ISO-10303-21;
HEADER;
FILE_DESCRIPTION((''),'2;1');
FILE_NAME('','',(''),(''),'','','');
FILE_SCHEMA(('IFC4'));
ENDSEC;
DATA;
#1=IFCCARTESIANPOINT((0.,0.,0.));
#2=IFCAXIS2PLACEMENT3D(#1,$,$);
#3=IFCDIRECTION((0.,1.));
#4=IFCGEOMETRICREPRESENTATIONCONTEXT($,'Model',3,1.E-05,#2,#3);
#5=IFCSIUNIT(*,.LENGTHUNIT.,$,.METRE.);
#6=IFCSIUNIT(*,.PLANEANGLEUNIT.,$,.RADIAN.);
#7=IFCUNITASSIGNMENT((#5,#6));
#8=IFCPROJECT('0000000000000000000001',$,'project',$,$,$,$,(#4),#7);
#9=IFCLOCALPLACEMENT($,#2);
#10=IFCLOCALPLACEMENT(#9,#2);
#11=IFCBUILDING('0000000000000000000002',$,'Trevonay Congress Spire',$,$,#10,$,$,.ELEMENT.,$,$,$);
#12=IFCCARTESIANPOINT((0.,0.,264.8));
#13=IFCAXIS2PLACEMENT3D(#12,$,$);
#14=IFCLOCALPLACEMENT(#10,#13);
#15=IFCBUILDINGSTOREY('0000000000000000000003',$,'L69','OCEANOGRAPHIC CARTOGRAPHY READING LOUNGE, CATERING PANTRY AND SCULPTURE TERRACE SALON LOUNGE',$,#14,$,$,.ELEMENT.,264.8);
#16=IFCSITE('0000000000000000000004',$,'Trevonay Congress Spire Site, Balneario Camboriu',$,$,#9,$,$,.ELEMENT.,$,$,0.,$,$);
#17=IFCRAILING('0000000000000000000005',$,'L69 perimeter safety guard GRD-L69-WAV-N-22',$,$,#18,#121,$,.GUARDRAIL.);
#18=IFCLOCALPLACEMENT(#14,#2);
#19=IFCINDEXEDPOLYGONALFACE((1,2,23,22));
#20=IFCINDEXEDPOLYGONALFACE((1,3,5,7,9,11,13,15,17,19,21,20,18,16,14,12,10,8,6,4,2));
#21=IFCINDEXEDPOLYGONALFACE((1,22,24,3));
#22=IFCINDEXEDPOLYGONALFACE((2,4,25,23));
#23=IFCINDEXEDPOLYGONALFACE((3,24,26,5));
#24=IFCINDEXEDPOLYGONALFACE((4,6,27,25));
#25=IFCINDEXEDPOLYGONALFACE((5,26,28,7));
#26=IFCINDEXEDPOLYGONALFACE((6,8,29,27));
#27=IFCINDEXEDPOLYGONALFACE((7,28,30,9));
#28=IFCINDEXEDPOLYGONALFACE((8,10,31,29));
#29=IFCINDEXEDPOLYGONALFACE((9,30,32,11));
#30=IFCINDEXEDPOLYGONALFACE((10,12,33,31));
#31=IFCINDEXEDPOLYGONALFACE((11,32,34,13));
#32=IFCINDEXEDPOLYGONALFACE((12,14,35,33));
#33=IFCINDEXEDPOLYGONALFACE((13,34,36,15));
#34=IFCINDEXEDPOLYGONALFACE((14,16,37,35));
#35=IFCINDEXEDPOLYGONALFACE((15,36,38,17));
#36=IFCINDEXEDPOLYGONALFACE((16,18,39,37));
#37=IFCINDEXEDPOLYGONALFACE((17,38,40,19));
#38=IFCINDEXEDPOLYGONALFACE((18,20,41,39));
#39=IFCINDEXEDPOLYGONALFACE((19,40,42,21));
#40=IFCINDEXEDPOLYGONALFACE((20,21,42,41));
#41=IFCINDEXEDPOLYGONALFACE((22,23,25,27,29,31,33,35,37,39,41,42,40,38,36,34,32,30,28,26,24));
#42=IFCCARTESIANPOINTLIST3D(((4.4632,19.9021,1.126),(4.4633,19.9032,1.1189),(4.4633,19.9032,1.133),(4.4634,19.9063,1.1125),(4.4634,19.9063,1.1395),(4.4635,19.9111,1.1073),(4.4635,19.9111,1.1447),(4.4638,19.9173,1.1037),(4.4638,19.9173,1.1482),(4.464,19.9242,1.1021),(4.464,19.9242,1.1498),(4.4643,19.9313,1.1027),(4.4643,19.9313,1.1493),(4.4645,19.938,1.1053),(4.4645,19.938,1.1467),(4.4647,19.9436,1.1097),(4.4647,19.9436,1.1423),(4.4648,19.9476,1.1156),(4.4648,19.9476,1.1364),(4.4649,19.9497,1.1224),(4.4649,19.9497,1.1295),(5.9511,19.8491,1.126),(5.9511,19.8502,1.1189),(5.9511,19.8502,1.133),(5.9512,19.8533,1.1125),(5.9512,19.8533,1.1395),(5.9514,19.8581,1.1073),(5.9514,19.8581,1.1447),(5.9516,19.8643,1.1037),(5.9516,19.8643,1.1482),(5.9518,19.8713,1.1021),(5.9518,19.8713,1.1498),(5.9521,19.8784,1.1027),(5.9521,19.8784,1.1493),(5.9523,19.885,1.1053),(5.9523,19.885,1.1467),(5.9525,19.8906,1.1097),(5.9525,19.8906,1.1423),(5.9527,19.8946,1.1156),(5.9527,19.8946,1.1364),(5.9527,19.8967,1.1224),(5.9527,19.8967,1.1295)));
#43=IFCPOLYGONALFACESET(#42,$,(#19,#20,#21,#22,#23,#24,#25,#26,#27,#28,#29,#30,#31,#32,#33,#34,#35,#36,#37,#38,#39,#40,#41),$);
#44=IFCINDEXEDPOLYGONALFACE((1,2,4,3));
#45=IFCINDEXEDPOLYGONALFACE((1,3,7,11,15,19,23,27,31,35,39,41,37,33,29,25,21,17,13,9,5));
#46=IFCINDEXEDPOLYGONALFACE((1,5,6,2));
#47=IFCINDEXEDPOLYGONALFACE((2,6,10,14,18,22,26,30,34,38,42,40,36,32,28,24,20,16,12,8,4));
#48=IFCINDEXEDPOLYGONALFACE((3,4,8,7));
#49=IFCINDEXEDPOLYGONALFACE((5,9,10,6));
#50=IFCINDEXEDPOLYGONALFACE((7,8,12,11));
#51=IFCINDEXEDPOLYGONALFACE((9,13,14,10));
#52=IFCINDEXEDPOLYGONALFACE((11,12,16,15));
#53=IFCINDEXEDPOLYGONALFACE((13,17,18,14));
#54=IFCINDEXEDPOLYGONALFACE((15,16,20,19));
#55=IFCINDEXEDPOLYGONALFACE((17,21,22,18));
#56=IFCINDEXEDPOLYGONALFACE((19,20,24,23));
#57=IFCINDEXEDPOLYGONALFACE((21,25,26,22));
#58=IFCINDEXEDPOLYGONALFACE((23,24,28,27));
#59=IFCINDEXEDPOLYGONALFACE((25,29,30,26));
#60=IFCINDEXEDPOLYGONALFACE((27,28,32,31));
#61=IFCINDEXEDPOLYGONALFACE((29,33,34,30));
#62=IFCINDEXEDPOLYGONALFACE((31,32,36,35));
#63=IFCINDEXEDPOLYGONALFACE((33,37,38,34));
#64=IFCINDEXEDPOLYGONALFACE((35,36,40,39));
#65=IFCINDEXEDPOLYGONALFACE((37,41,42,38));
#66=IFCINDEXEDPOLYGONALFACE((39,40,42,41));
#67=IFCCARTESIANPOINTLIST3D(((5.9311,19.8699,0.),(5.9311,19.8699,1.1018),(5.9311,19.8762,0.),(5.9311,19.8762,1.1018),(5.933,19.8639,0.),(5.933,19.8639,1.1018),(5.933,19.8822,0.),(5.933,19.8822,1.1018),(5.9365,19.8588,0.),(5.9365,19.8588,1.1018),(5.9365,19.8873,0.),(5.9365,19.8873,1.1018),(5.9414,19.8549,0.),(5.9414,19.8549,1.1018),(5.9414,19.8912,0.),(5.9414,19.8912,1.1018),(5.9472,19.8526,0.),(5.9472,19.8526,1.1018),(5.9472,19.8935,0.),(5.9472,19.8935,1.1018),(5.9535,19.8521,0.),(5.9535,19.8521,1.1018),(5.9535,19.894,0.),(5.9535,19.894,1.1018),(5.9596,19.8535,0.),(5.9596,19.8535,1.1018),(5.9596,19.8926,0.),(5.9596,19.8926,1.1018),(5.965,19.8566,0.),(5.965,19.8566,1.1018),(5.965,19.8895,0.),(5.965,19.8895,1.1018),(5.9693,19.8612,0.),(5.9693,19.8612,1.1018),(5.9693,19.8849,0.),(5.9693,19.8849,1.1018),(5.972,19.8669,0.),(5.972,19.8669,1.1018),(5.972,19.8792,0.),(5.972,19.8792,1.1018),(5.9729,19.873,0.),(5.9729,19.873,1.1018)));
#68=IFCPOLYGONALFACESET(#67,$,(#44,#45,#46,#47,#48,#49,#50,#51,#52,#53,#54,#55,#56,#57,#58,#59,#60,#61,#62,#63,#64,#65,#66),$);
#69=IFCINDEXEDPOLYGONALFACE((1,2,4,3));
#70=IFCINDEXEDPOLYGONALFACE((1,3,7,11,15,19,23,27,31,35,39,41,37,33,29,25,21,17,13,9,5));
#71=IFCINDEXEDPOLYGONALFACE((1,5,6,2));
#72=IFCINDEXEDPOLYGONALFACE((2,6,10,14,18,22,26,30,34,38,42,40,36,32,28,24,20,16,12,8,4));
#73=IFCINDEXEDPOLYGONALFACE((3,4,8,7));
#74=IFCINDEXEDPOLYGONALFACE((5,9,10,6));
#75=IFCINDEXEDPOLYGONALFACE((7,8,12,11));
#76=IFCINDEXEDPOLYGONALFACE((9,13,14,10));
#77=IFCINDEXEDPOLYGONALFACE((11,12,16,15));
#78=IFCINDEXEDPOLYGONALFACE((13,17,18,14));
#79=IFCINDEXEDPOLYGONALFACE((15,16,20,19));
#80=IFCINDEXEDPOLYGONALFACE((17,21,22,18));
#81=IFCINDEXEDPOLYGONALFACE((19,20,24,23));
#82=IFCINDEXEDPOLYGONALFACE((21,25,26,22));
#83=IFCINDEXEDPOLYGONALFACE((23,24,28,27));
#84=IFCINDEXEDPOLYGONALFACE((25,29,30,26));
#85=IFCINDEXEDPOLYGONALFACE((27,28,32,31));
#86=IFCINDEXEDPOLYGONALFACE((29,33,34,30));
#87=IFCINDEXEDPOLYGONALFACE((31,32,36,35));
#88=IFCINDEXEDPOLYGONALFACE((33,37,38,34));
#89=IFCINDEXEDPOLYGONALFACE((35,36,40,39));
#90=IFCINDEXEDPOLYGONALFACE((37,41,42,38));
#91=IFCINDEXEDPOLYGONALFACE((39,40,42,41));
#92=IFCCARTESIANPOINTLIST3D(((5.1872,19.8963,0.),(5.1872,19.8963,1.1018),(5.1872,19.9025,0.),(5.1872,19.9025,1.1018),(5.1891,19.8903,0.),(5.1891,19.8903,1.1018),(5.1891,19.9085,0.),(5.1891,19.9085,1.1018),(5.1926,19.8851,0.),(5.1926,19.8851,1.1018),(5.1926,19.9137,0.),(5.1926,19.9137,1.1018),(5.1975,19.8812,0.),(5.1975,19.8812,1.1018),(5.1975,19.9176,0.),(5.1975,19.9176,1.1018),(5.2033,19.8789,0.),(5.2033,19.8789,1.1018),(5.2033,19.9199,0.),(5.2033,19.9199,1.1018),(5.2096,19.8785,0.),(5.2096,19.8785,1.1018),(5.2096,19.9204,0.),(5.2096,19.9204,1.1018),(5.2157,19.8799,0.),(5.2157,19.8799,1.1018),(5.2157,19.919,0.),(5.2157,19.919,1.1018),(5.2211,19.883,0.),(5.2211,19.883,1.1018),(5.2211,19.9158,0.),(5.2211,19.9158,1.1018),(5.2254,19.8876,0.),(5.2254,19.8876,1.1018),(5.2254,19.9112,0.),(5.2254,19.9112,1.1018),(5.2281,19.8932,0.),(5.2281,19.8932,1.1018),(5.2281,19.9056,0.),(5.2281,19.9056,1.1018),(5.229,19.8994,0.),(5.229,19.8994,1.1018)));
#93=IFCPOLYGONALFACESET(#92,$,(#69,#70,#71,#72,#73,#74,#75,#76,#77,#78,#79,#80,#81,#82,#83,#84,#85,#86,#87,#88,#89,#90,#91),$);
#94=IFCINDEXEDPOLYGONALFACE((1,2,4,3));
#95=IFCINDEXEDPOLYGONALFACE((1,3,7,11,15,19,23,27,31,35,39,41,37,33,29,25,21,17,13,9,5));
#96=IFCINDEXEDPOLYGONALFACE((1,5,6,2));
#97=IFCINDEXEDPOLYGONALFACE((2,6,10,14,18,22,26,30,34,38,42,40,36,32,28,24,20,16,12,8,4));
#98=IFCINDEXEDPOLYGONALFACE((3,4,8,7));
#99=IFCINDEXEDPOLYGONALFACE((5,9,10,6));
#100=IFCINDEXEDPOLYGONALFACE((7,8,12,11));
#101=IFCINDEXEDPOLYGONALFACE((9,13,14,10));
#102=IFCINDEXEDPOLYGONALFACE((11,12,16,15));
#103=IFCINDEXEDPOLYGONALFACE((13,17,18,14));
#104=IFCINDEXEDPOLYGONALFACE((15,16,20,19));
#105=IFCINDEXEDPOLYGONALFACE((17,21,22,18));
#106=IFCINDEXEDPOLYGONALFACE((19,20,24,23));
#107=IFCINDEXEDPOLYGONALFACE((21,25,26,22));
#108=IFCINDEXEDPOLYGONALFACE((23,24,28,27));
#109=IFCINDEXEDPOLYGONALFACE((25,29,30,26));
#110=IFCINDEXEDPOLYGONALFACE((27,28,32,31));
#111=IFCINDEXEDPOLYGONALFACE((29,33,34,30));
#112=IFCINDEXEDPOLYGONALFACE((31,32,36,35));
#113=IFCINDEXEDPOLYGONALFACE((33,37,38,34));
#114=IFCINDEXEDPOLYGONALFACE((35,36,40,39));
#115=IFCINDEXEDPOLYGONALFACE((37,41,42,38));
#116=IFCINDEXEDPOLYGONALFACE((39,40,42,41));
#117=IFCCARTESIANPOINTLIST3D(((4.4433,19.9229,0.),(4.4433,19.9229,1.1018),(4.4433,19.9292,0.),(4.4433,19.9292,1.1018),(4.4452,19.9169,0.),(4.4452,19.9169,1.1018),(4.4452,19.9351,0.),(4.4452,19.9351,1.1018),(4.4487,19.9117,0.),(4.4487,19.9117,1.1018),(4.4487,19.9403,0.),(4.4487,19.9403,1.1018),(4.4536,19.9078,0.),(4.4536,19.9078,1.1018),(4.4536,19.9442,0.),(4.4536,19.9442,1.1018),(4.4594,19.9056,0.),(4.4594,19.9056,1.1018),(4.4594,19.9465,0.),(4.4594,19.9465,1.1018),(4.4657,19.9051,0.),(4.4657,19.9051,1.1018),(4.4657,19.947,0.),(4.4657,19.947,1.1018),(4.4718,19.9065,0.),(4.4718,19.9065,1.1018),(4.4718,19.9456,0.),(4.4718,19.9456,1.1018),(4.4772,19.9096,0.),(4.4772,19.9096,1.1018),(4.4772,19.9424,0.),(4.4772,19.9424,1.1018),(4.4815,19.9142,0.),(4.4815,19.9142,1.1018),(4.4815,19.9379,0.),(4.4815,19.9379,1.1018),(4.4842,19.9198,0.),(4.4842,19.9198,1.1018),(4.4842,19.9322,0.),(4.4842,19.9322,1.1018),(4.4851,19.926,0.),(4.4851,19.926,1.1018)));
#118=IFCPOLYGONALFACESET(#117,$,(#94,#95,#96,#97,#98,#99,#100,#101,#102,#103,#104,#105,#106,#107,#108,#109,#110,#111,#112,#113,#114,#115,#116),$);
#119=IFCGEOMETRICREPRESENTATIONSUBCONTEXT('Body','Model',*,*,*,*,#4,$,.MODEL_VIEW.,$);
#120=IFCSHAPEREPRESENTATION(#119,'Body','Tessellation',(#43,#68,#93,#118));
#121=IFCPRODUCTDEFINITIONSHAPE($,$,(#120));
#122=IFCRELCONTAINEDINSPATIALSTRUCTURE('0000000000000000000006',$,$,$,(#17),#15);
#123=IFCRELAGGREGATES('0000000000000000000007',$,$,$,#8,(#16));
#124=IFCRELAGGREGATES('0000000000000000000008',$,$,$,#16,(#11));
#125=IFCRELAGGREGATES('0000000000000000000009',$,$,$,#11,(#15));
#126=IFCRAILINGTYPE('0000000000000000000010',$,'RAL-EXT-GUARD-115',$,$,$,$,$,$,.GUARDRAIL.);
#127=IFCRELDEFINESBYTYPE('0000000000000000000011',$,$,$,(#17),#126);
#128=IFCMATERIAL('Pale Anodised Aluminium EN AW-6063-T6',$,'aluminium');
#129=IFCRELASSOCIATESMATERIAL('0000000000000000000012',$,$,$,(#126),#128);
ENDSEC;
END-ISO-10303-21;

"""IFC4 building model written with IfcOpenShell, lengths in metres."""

from ifc_helpers import new_model, si_unit, direction, frame, origin, origin_2d, place, context, subcontext, project, spatial, circle, extrude, material, type_object, element, save


model = new_model("IFC4")

# Units and contexts
model_context = context("Model", 3, precision=1e-05, world=origin(), true_north=direction((0.0, 1.0)))
body_context = subcontext(model_context, "Body", "Model", "MODEL_VIEW")
ifc_project = project(units=[si_unit("LENGTHUNIT", "METRE"), si_unit("PLANEANGLEUNIT", "RADIAN")], contexts=[model_context])

# Site, building, storey
site_placement = place(None, origin())
site = spatial("IfcSite", under=ifc_project, at=site_placement, Name="Trevonay Congress Spire Site, Balneario Camboriu", CompositionType="ELEMENT", RefElevation=0.0)
building_placement = place(site_placement, origin())
building = spatial("IfcBuilding", under=site, at=building_placement, Name="Trevonay Congress Spire", CompositionType="ELEMENT")
storey_placement = place(building_placement, frame((0.0, 0.0, 264.8)))
storey = spatial("IfcBuildingStorey", under=building, at=storey_placement, Name="L69", Description="OCEANOGRAPHIC CARTOGRAPHY READING LOUNGE, CATERING PANTRY AND SCULPTURE TERRACE SALON LOUNGE", CompositionType="ELEMENT", Elevation=264.8)

# Shared definitions
ifc_material_1 = material(Name="Pale Anodised Aluminium EN AW-6063-T6", Category="aluminium")

# Railing
railing_type = type_object("IfcRailingType", Name="RAL-EXT-GUARD-115", PredefinedType="GUARDRAIL", material=ifc_material_1)
railing_1_placement = place(storey_placement, frame((5.9519, 19.873, 0.0)))
element("IfcRailing", 1, at=railing_1_placement, inside=storey, type_object=railing_type, Name="L69 perimeter safety guard GRD-L69-WAV-N-22", PredefinedType="GUARDRAIL", context=body_context, shape_type="SweptSolid", body=[
    extrude(circle(Radius=0.0239, at=origin_2d()), frame((0.0, 0.0, 1.126), z_axis=(-0.999367, 0.035586, 0.0), x_axis=(-0.035586, -0.999367, 0.0)), (0.0, 0.0, 1.0), 1.4888),
    extrude(circle(Radius=0.021, at=origin_2d()), origin(), (0.0, 0.0, 1.0), 1.1018),
    extrude(circle(Radius=0.021, at=origin_2d()), frame((-0.7439, 0.0264, 0.0)), (0.0, 0.0, 1.0), 1.1018),
    extrude(circle(Radius=0.021, at=origin_2d()), frame((-1.4878, 0.053, 0.0)), (0.0, 0.0, 1.0), 1.1018),
])

save(model, "model.ifc")
